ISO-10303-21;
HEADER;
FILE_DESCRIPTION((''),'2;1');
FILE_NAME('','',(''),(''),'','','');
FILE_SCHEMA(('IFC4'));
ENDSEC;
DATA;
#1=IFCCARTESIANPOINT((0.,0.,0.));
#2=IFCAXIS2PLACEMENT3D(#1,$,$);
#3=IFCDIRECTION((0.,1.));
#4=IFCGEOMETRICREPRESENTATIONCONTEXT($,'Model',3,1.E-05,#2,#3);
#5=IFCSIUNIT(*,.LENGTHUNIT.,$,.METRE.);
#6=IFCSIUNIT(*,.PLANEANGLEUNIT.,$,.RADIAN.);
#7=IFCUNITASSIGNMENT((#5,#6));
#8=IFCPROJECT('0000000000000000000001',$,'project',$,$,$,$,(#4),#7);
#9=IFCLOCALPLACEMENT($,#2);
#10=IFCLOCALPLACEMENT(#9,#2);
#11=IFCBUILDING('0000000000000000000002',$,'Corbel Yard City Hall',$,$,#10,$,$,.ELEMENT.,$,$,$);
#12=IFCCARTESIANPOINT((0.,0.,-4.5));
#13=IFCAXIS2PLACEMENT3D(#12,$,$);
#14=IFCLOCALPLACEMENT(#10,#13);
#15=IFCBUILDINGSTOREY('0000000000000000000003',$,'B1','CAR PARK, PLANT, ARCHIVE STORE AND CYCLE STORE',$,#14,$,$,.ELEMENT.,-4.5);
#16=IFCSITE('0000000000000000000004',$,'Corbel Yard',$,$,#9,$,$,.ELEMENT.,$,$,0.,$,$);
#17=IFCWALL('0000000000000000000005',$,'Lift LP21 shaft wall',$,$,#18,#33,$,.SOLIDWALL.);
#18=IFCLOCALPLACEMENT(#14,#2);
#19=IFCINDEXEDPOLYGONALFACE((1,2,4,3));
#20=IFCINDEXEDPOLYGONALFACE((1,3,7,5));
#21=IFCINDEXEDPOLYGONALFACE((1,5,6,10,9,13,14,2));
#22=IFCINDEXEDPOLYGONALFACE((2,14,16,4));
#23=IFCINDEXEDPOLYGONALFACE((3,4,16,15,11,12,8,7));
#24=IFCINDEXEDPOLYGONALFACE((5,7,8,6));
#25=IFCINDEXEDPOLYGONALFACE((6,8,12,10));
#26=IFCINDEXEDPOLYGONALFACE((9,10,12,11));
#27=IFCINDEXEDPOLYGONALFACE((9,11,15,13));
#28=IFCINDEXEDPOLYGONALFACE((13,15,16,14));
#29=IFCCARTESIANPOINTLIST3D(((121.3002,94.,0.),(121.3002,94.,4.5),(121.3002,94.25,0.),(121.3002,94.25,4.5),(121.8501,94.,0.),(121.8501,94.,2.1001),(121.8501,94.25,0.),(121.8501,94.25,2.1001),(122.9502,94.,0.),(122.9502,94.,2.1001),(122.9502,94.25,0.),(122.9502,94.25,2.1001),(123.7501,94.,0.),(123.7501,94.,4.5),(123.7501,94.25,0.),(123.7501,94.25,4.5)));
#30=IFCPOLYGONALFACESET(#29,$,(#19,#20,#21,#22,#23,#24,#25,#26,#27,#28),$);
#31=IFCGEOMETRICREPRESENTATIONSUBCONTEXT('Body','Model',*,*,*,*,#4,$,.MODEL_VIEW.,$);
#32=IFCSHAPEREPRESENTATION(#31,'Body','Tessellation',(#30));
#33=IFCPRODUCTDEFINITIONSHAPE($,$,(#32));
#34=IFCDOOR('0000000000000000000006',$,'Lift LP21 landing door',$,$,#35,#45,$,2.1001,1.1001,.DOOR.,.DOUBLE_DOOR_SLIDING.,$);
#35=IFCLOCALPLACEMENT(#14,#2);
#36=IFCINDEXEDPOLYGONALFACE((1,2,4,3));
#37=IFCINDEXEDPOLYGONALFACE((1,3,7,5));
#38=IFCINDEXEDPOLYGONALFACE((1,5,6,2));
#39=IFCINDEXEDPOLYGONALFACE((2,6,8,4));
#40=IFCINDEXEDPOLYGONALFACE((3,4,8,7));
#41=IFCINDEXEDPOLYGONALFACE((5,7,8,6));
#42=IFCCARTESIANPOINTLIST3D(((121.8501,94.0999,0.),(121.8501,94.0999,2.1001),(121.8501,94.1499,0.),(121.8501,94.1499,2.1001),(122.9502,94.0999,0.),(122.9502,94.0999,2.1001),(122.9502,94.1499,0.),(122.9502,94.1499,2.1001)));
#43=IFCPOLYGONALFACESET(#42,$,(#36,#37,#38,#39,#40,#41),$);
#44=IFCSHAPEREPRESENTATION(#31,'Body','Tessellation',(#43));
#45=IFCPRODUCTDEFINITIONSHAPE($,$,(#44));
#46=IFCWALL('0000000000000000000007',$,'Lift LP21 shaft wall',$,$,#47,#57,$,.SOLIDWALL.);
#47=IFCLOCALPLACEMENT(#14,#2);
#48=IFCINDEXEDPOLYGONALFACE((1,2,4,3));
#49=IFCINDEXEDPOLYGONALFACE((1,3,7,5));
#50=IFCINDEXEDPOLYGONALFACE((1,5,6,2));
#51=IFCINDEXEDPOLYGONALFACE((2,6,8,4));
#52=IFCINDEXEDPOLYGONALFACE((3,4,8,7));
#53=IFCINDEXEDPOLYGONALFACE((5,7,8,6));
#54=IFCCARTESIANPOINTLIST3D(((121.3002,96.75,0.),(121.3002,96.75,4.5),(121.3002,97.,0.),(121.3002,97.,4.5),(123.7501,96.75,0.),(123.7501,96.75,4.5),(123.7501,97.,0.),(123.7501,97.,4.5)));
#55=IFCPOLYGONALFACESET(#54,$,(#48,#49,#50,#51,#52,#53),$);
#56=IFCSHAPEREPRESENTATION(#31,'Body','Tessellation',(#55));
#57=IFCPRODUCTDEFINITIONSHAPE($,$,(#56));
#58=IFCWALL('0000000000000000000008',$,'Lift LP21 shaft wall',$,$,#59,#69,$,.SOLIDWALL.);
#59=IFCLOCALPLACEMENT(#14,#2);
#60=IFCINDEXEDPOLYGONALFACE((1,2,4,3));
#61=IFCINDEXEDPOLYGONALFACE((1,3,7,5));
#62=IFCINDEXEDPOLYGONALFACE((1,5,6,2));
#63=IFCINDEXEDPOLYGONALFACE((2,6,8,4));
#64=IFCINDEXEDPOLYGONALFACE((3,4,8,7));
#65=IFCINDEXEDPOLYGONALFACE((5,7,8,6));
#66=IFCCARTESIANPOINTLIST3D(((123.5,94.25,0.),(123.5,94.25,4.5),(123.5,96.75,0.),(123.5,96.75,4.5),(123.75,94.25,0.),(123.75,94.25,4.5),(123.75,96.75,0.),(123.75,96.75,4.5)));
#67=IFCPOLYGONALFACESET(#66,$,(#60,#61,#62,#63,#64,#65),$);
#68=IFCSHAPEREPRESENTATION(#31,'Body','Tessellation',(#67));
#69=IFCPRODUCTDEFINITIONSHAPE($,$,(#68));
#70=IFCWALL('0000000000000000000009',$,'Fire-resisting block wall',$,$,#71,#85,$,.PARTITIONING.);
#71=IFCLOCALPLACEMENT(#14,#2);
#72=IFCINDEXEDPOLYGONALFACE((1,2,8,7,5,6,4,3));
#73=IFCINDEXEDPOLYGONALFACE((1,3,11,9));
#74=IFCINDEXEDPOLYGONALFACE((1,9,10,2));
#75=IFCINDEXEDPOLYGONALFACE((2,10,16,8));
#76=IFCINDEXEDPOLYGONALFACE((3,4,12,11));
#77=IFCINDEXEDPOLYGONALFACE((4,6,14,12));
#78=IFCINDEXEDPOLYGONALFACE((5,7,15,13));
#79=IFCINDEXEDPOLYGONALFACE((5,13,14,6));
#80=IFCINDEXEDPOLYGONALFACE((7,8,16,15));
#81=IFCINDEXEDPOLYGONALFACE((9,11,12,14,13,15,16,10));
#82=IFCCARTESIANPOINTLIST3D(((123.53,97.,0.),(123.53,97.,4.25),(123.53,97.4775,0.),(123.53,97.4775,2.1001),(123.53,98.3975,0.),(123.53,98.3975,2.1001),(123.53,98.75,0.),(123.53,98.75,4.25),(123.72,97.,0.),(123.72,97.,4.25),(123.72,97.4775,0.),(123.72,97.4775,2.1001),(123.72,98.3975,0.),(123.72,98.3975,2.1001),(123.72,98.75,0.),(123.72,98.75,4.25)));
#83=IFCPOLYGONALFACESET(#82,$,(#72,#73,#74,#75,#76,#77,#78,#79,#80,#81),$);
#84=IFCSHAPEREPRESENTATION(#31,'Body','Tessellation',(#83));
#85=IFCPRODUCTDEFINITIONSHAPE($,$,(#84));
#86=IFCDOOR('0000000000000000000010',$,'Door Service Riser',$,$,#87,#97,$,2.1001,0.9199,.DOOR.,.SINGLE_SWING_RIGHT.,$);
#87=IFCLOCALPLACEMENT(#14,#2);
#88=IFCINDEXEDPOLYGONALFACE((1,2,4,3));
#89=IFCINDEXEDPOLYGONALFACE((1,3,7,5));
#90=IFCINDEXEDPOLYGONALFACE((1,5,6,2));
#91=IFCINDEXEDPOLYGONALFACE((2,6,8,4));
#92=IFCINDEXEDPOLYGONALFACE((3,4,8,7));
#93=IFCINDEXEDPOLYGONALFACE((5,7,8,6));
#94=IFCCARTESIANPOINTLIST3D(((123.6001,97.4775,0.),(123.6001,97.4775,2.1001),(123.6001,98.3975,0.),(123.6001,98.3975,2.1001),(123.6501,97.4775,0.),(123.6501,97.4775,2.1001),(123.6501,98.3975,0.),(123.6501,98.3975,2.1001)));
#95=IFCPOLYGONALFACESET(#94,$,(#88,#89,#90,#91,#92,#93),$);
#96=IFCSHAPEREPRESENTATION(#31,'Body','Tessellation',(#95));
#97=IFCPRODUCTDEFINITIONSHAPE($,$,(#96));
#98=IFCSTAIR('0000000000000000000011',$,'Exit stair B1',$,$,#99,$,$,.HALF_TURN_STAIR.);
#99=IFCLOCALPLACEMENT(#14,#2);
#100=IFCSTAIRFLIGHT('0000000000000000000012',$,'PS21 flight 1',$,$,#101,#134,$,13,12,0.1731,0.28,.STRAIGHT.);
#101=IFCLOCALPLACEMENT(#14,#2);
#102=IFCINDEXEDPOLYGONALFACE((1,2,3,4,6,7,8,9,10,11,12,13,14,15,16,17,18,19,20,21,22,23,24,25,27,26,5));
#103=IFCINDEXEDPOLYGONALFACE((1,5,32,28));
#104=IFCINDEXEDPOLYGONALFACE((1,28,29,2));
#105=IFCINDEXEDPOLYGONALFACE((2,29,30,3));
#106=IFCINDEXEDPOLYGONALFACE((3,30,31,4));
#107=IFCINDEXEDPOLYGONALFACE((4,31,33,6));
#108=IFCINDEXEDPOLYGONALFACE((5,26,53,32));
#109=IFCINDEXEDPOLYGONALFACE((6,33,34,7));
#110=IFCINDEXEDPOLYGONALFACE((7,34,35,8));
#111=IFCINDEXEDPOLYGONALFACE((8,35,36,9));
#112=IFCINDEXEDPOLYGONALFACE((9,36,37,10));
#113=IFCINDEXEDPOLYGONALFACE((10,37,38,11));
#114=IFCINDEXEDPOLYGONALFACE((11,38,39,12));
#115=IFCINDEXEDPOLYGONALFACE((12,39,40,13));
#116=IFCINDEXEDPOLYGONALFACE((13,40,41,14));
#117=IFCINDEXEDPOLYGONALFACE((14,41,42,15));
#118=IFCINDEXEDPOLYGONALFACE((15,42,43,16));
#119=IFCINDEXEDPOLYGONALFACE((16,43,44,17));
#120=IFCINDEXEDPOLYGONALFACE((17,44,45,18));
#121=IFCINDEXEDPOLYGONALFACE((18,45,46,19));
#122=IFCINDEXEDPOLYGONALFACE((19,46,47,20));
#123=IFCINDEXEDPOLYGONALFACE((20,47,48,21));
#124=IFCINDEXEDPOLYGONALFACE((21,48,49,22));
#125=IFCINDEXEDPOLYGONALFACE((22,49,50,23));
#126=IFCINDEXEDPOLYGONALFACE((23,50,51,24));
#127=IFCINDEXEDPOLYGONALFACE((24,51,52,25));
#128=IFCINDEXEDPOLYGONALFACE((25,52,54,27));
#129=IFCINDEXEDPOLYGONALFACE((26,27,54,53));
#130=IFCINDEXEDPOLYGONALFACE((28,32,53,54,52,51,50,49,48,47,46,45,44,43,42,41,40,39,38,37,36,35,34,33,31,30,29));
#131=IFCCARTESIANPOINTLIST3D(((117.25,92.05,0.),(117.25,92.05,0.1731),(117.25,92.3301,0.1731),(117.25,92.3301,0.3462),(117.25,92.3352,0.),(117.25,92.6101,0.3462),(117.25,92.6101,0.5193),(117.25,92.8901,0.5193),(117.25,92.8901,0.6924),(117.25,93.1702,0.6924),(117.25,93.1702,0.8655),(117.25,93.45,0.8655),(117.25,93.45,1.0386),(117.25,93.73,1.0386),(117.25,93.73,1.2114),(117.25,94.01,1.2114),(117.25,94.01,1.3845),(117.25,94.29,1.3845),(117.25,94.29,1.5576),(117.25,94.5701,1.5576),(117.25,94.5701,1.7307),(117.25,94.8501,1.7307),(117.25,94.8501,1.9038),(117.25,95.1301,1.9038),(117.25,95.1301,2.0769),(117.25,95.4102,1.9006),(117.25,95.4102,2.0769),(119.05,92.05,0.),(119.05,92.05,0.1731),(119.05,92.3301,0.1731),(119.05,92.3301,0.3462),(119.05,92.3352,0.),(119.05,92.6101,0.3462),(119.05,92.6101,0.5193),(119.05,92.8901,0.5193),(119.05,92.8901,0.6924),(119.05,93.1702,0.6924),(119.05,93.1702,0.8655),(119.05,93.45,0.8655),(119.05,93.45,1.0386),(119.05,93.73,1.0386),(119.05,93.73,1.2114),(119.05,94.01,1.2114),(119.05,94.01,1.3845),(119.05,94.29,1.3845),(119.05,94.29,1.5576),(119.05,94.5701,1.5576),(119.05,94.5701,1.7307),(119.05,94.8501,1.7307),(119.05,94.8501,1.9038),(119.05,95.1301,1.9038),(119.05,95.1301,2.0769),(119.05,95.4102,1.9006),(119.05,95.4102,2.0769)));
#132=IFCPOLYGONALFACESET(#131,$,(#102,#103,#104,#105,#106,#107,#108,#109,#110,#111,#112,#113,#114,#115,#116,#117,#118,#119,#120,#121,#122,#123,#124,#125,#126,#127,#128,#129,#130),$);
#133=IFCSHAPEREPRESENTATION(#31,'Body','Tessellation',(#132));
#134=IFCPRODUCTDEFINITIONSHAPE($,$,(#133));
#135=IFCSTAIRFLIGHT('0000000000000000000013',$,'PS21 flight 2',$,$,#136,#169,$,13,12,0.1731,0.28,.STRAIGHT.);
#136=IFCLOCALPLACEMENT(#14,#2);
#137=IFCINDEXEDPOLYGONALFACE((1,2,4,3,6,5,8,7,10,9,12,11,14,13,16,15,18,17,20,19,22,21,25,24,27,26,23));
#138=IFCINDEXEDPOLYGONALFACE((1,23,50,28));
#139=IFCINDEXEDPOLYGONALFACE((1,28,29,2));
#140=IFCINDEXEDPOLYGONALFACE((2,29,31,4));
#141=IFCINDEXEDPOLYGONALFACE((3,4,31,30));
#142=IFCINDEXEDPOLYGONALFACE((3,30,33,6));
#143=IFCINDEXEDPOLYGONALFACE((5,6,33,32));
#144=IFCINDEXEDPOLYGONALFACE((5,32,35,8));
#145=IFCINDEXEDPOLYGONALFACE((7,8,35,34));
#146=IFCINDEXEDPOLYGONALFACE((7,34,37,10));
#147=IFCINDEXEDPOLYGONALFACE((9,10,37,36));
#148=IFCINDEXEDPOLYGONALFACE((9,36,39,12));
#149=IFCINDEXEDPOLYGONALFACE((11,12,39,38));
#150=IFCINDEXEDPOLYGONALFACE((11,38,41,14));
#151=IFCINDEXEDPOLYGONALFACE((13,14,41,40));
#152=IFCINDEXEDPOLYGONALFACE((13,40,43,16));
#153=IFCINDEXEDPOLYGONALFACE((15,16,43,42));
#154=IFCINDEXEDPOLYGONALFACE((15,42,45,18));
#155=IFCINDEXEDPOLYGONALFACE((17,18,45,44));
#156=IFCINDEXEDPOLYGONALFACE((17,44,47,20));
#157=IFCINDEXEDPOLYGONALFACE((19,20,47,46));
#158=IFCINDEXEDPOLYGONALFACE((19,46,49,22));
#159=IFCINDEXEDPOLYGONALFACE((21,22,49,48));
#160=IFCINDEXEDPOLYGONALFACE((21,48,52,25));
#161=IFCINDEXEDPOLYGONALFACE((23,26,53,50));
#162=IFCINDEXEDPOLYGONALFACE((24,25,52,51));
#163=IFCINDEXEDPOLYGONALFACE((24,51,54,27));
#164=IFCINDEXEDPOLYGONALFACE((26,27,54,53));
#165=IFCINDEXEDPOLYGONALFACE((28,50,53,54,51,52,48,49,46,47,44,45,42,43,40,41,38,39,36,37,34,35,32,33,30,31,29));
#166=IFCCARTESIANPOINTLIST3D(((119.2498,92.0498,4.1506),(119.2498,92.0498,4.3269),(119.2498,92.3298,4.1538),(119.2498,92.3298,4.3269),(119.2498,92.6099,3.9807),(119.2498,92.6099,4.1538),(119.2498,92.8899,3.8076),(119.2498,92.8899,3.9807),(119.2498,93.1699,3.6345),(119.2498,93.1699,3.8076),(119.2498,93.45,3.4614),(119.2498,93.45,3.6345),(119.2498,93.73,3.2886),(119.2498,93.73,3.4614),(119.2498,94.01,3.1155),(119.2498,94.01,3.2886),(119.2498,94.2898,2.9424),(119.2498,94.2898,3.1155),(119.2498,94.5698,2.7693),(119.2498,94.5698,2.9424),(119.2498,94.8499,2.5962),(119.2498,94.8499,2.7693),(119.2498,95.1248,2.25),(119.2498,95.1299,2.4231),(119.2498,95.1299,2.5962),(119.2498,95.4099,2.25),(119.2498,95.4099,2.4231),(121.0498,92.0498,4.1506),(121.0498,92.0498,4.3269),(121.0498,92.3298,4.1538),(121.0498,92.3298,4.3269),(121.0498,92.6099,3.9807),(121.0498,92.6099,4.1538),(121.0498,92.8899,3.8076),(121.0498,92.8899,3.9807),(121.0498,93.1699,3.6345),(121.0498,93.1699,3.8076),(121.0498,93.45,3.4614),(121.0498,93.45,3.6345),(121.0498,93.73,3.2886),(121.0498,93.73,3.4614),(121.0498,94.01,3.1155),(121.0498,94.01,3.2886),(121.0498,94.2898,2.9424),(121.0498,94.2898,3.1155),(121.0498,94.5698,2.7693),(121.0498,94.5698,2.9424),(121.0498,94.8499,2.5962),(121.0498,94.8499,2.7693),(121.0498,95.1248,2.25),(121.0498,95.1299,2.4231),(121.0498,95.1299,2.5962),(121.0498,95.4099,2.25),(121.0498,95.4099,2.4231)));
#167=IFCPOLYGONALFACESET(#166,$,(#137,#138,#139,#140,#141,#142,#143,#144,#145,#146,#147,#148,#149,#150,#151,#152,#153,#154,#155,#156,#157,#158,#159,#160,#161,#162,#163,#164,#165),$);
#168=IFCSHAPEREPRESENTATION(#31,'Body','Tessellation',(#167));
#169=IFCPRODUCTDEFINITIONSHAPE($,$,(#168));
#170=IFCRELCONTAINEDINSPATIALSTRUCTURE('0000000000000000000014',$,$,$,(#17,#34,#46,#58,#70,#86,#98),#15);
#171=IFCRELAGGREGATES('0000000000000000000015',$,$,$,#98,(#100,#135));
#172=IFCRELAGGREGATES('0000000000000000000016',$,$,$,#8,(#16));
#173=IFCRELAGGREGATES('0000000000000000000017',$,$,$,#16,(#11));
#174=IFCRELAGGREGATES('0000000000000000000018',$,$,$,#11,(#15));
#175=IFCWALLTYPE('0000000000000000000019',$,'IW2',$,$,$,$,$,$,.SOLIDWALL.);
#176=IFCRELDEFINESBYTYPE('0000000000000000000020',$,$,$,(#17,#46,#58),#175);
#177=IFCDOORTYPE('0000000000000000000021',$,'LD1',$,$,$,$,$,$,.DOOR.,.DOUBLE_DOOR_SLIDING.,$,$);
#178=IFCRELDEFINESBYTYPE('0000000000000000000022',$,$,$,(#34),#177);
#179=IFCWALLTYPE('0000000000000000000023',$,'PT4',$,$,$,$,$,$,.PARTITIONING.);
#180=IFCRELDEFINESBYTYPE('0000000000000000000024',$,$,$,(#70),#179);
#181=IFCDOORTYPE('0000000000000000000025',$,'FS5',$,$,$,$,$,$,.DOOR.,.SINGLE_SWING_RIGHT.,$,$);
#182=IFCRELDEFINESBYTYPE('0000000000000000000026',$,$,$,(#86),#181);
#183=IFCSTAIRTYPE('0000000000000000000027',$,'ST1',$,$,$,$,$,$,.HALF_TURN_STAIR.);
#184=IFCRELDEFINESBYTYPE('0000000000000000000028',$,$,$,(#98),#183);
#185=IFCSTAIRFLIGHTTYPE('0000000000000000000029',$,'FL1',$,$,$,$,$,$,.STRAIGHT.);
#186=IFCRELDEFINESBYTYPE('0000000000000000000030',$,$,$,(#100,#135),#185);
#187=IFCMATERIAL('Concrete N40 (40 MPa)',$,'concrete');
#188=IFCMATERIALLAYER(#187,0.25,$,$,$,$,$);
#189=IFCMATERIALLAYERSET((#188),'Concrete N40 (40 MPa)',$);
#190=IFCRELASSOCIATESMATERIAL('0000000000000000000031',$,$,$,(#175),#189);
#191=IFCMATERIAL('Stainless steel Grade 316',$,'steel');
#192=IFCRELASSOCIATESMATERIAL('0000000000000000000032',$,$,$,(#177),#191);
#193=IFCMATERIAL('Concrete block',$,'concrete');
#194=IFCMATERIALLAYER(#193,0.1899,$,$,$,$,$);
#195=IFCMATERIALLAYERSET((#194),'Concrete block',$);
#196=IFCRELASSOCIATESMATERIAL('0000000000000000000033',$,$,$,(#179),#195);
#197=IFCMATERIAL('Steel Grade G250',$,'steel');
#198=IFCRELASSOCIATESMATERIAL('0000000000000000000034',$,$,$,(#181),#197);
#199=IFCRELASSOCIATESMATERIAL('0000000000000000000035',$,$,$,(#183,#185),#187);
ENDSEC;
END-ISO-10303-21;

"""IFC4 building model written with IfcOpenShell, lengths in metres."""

from ifc_helpers import new_model, si_unit, direction, frame, frame_2d, origin, place, context, subcontext, project, spatial, polyline, rectangle, outline, extrude, material, layer, layer_set, type_object, element, fill, aggregate, save


model = new_model("IFC4")

# Units and contexts
model_context = context("Model", 3, precision=1e-05, world=origin(), true_north=direction((0.0, 1.0)))
body_context = subcontext(model_context, "Body", "Model", "MODEL_VIEW")
ifc_project = project(units=[si_unit("LENGTHUNIT", "METRE"), si_unit("PLANEANGLEUNIT", "RADIAN")], contexts=[model_context])

# Site, building, storey
site_placement = place(None, origin())
site = spatial("IfcSite", under=ifc_project, at=site_placement, Name="Corbel Yard", CompositionType="ELEMENT", RefElevation=0.0)
building_placement = place(site_placement, origin())
building = spatial("IfcBuilding", under=site, at=building_placement, Name="Corbel Yard City Hall", CompositionType="ELEMENT")
storey_placement = place(building_placement, frame((0.0, 0.0, -4.5)))
storey = spatial("IfcBuildingStorey", under=building, at=storey_placement, Name="B1", Description="CAR PARK, PLANT, ARCHIVE STORE AND CYCLE STORE", CompositionType="ELEMENT", Elevation=-4.5)

# Shared definitions
ifc_material_1 = material(Name="Concrete N40 (40 MPa)", Category="concrete")

# Wall, opening, door
ifc_layer_1 = layer(ifc_material_1, 0.25)
ifc_layer_set_1 = layer_set([ifc_layer_1], Name="Concrete N40 (40 MPa)")
wall_type_1 = type_object("IfcWallType", Name="IW2", PredefinedType="SOLIDWALL", material=ifc_layer_set_1)
ifc_material_2 = material(Name="Steel Grade G250", Category="steel")
wall_1_placement = place(storey_placement, frame((121.3, 94.125, 0.0), z_axis=(0.0, 0.0, 1.0), x_axis=(1.0, 0.0, 0.0)))
wall_1 = element("IfcWall", 1, at=wall_1_placement, inside=storey, type_object=wall_type_1, Name="Lift LP21 shaft wall", PredefinedType="SOLIDWALL", context=body_context, shape_type="SweptSolid", body=[
    extrude(rectangle(XDim=2.45, YDim=0.25, at=frame_2d((1.2251, 0.0))), origin(), (0.0, 0.0, 1.0), 4.5),
])
opening_1_placement = place(wall_1_placement, frame((0.55, 0.0, 0.0)))
opening_1 = element("IfcOpeningElement", 2, at=opening_1_placement, cuts=wall_1, PredefinedType="OPENING", context=body_context, shape_type="SweptSolid", body=[
    extrude(rectangle(XDim=1.1001, YDim=2.1001, at=frame_2d((0.55, 1.05))), frame((0.0, 0.135, 0.0), z_axis=(0.0, -1.0, 0.0), x_axis=(1.0, 0.0, 0.0)), (0.0, 0.0, 1.0), 0.27),
])
ifc_material_3 = material(Name="Stainless steel Grade 316", Category="steel")
door_type_1 = type_object("IfcDoorType", Name="LD1", OperationType="DOUBLE_DOOR_SLIDING", PredefinedType="DOOR", material=ifc_material_3)
door_1_placement = place(opening_1_placement, origin())
door_1 = element("IfcDoor", 3, at=door_1_placement, inside=storey, type_object=door_type_1, Name="Lift LP21 landing door", OperationType="DOUBLE_DOOR_SLIDING", OverallHeight=2.1001, OverallWidth=1.1001, PredefinedType="DOOR", context=body_context, shape_type="SweptSolid", body=[
    extrude(rectangle(XDim=1.1001, YDim=2.1001, at=frame_2d((0.55, 1.05))), frame((0.0, 0.0249, 0.0), z_axis=(0.0, -1.0, 0.0), x_axis=(1.0, 0.0, 0.0)), (0.0, 0.0, 1.0), 0.05),
])
fill(opening_1, door_1)

# Walls
wall_2_placement = place(storey_placement, frame((121.3, 96.875, 0.0), z_axis=(0.0, 0.0, 1.0), x_axis=(1.0, 0.0, 0.0)))
element("IfcWall", 4, at=wall_2_placement, inside=storey, type_object=wall_type_1, Name="Lift LP21 shaft wall", PredefinedType="SOLIDWALL", context=body_context, shape_type="SweptSolid", body=[
    extrude(rectangle(XDim=2.45, YDim=0.25, at=frame_2d((1.2251, 0.0))), origin(), (0.0, 0.0, 1.0), 4.5),
])
wall_3_placement = place(storey_placement, frame((123.625, 94.25, 0.0), z_axis=(0.0, 0.0, 1.0), x_axis=(0.0, 1.0, 0.0)))
element("IfcWall", 5, at=wall_3_placement, inside=storey, type_object=wall_type_1, Name="Lift LP21 shaft wall", PredefinedType="SOLIDWALL", context=body_context, shape_type="SweptSolid", body=[
    extrude(rectangle(XDim=2.5, YDim=0.25, at=frame_2d((1.25, 0.0))), origin(), (0.0, 0.0, 1.0), 4.5),
])

# Wall, opening, door
ifc_material_4 = material(Name="Concrete block", Category="concrete")
ifc_layer_2 = layer(ifc_material_4, 0.1899)
ifc_layer_set_2 = layer_set([ifc_layer_2], Name="Concrete block")
wall_type_2 = type_object("IfcWallType", Name="PT4", PredefinedType="PARTITIONING", material=ifc_layer_set_2)
wall_4_placement = place(storey_placement, frame((123.625, 97.0, 0.0), z_axis=(0.0, 0.0, 1.0), x_axis=(0.0, 1.0, 0.0)))
wall_4 = element("IfcWall", 6, at=wall_4_placement, inside=storey, type_object=wall_type_2, Name="Fire-resisting block wall", PredefinedType="PARTITIONING", context=body_context, shape_type="SweptSolid", body=[
    extrude(rectangle(XDim=1.75, YDim=0.1899, at=frame_2d((0.875, 0.0))), origin(), (0.0, 0.0, 1.0), 4.25),
])
opening_2_placement = place(wall_4_placement, frame((0.4775, 0.0, 0.0)))
opening_2 = element("IfcOpeningElement", 7, at=opening_2_placement, cuts=wall_4, PredefinedType="OPENING", context=body_context, shape_type="SweptSolid", body=[
    extrude(rectangle(XDim=0.9199, YDim=2.1001, at=frame_2d((0.46, 1.05))), frame((0.0, 0.105, 0.0), z_axis=(0.0, -1.0, 0.0), x_axis=(1.0, 0.0, 0.0)), (0.0, 0.0, 1.0), 0.21),
])
door_type_2 = type_object("IfcDoorType", Name="FS5", OperationType="SINGLE_SWING_RIGHT", PredefinedType="DOOR", material=ifc_material_2)
door_2_placement = place(opening_2_placement, origin())
door_2 = element("IfcDoor", 8, at=door_2_placement, inside=storey, type_object=door_type_2, Name="Door Service Riser", OperationType="SINGLE_SWING_RIGHT", OverallHeight=2.1001, OverallWidth=0.9199, PredefinedType="DOOR", context=body_context, shape_type="SweptSolid", body=[
    extrude(rectangle(XDim=0.9199, YDim=2.1001, at=frame_2d((0.46, 1.05))), frame((0.0, 0.0249, 0.0), z_axis=(0.0, -1.0, 0.0), x_axis=(1.0, 0.0, 0.0)), (0.0, 0.0, 1.0), 0.05),
])
fill(opening_2, door_2)

# Stair, stair flights
stair_type = type_object("IfcStairType", Name="ST1", PredefinedType="HALF_TURN_STAIR", material=ifc_material_1)
stair_placement = place(storey_placement, origin())
stair = element("IfcStair", 9, at=stair_placement, inside=storey, type_object=stair_type, Name="Exit stair B1", PredefinedType="HALF_TURN_STAIR")
stair_flight_type = type_object("IfcStairFlightType", Name="FL1", PredefinedType="STRAIGHT", material=ifc_material_1)
stair_flight_1_placement = place(storey_placement, frame((118.1499, 92.05, 0.0), z_axis=(0.0, 0.0, 1.0), x_axis=(0.0, 1.0, 0.0)))
stair_flight_1 = element("IfcStairFlight", 10, at=stair_flight_1_placement, type_object=stair_flight_type, Name="PS21 flight 1", NumberOfRisers=13, NumberOfTreads=12, PredefinedType="STRAIGHT", RiserHeight=0.1731, TreadLength=0.28, context=body_context, shape_type="SweptSolid", body=[
    extrude(outline(polyline([(0.0, 0.0), (0.0, 0.1731), (0.28, 0.1731), (0.28, 0.3462), (0.5601, 0.3462), (0.5601, 0.5193), (0.8401, 0.5193), (0.8401, 0.6924), (1.1201, 0.6924), (1.1201, 0.8655), (1.3999, 0.8655), (1.3999, 1.0386), (1.6799, 1.0386), (1.6799, 1.2114), (1.96, 1.2114), (1.96, 1.3845), (2.24, 1.3845), (2.24, 1.5576), (2.52, 1.5576), (2.52, 1.7307), (2.8, 1.7307), (2.8, 1.9038), (3.0801, 1.9038), (3.0801, 2.0769), (3.3601, 2.0769), (3.3601, 2.25), (3.3601, 1.9006), (0.2852, 0.0), (0.0, 0.0)])), frame((0.0, 0.8999, 0.0), z_axis=(0.0, -1.0, 0.0), x_axis=(1.0, 0.0, 0.0)), (0.0, 0.0, 1.0), 1.8),
])
stair_flight_2_placement = place(storey_placement, frame((120.1499, 95.4099, 2.25), z_axis=(0.0, 0.0, 1.0), x_axis=(0.0, -1.0, 0.0)))
stair_flight_2 = element("IfcStairFlight", 11, at=stair_flight_2_placement, type_object=stair_flight_type, Name="PS21 flight 2", NumberOfRisers=13, NumberOfTreads=12, PredefinedType="STRAIGHT", RiserHeight=0.1731, TreadLength=0.28, context=body_context, shape_type="SweptSolid", body=[
    extrude(outline(polyline([(0.0, 0.0), (0.0, 0.1731), (0.28, 0.1731), (0.28, 0.3462), (0.5601, 0.3462), (0.5601, 0.5193), (0.8401, 0.5193), (0.8401, 0.6924), (1.1201, 0.6924), (1.1201, 0.8655), (1.3999, 0.8655), (1.3999, 1.0386), (1.6799, 1.0386), (1.6799, 1.2114), (1.96, 1.2114), (1.96, 1.3845), (2.24, 1.3845), (2.24, 1.5576), (2.52, 1.5576), (2.52, 1.7307), (2.8, 1.7307), (2.8, 1.9038), (3.0801, 1.9038), (3.0801, 2.0769), (3.3601, 2.0769), (3.3601, 2.25), (3.3601, 1.9006), (0.2852, 0.0), (0.0, 0.0)])), frame((0.0, 0.8999, 0.0), z_axis=(0.0, -1.0, 0.0), x_axis=(1.0, 0.0, 0.0)), (0.0, 0.0, 1.0), 1.8),
])
aggregate(stair, [stair_flight_1, stair_flight_2])

save(model, "model.ifc")
